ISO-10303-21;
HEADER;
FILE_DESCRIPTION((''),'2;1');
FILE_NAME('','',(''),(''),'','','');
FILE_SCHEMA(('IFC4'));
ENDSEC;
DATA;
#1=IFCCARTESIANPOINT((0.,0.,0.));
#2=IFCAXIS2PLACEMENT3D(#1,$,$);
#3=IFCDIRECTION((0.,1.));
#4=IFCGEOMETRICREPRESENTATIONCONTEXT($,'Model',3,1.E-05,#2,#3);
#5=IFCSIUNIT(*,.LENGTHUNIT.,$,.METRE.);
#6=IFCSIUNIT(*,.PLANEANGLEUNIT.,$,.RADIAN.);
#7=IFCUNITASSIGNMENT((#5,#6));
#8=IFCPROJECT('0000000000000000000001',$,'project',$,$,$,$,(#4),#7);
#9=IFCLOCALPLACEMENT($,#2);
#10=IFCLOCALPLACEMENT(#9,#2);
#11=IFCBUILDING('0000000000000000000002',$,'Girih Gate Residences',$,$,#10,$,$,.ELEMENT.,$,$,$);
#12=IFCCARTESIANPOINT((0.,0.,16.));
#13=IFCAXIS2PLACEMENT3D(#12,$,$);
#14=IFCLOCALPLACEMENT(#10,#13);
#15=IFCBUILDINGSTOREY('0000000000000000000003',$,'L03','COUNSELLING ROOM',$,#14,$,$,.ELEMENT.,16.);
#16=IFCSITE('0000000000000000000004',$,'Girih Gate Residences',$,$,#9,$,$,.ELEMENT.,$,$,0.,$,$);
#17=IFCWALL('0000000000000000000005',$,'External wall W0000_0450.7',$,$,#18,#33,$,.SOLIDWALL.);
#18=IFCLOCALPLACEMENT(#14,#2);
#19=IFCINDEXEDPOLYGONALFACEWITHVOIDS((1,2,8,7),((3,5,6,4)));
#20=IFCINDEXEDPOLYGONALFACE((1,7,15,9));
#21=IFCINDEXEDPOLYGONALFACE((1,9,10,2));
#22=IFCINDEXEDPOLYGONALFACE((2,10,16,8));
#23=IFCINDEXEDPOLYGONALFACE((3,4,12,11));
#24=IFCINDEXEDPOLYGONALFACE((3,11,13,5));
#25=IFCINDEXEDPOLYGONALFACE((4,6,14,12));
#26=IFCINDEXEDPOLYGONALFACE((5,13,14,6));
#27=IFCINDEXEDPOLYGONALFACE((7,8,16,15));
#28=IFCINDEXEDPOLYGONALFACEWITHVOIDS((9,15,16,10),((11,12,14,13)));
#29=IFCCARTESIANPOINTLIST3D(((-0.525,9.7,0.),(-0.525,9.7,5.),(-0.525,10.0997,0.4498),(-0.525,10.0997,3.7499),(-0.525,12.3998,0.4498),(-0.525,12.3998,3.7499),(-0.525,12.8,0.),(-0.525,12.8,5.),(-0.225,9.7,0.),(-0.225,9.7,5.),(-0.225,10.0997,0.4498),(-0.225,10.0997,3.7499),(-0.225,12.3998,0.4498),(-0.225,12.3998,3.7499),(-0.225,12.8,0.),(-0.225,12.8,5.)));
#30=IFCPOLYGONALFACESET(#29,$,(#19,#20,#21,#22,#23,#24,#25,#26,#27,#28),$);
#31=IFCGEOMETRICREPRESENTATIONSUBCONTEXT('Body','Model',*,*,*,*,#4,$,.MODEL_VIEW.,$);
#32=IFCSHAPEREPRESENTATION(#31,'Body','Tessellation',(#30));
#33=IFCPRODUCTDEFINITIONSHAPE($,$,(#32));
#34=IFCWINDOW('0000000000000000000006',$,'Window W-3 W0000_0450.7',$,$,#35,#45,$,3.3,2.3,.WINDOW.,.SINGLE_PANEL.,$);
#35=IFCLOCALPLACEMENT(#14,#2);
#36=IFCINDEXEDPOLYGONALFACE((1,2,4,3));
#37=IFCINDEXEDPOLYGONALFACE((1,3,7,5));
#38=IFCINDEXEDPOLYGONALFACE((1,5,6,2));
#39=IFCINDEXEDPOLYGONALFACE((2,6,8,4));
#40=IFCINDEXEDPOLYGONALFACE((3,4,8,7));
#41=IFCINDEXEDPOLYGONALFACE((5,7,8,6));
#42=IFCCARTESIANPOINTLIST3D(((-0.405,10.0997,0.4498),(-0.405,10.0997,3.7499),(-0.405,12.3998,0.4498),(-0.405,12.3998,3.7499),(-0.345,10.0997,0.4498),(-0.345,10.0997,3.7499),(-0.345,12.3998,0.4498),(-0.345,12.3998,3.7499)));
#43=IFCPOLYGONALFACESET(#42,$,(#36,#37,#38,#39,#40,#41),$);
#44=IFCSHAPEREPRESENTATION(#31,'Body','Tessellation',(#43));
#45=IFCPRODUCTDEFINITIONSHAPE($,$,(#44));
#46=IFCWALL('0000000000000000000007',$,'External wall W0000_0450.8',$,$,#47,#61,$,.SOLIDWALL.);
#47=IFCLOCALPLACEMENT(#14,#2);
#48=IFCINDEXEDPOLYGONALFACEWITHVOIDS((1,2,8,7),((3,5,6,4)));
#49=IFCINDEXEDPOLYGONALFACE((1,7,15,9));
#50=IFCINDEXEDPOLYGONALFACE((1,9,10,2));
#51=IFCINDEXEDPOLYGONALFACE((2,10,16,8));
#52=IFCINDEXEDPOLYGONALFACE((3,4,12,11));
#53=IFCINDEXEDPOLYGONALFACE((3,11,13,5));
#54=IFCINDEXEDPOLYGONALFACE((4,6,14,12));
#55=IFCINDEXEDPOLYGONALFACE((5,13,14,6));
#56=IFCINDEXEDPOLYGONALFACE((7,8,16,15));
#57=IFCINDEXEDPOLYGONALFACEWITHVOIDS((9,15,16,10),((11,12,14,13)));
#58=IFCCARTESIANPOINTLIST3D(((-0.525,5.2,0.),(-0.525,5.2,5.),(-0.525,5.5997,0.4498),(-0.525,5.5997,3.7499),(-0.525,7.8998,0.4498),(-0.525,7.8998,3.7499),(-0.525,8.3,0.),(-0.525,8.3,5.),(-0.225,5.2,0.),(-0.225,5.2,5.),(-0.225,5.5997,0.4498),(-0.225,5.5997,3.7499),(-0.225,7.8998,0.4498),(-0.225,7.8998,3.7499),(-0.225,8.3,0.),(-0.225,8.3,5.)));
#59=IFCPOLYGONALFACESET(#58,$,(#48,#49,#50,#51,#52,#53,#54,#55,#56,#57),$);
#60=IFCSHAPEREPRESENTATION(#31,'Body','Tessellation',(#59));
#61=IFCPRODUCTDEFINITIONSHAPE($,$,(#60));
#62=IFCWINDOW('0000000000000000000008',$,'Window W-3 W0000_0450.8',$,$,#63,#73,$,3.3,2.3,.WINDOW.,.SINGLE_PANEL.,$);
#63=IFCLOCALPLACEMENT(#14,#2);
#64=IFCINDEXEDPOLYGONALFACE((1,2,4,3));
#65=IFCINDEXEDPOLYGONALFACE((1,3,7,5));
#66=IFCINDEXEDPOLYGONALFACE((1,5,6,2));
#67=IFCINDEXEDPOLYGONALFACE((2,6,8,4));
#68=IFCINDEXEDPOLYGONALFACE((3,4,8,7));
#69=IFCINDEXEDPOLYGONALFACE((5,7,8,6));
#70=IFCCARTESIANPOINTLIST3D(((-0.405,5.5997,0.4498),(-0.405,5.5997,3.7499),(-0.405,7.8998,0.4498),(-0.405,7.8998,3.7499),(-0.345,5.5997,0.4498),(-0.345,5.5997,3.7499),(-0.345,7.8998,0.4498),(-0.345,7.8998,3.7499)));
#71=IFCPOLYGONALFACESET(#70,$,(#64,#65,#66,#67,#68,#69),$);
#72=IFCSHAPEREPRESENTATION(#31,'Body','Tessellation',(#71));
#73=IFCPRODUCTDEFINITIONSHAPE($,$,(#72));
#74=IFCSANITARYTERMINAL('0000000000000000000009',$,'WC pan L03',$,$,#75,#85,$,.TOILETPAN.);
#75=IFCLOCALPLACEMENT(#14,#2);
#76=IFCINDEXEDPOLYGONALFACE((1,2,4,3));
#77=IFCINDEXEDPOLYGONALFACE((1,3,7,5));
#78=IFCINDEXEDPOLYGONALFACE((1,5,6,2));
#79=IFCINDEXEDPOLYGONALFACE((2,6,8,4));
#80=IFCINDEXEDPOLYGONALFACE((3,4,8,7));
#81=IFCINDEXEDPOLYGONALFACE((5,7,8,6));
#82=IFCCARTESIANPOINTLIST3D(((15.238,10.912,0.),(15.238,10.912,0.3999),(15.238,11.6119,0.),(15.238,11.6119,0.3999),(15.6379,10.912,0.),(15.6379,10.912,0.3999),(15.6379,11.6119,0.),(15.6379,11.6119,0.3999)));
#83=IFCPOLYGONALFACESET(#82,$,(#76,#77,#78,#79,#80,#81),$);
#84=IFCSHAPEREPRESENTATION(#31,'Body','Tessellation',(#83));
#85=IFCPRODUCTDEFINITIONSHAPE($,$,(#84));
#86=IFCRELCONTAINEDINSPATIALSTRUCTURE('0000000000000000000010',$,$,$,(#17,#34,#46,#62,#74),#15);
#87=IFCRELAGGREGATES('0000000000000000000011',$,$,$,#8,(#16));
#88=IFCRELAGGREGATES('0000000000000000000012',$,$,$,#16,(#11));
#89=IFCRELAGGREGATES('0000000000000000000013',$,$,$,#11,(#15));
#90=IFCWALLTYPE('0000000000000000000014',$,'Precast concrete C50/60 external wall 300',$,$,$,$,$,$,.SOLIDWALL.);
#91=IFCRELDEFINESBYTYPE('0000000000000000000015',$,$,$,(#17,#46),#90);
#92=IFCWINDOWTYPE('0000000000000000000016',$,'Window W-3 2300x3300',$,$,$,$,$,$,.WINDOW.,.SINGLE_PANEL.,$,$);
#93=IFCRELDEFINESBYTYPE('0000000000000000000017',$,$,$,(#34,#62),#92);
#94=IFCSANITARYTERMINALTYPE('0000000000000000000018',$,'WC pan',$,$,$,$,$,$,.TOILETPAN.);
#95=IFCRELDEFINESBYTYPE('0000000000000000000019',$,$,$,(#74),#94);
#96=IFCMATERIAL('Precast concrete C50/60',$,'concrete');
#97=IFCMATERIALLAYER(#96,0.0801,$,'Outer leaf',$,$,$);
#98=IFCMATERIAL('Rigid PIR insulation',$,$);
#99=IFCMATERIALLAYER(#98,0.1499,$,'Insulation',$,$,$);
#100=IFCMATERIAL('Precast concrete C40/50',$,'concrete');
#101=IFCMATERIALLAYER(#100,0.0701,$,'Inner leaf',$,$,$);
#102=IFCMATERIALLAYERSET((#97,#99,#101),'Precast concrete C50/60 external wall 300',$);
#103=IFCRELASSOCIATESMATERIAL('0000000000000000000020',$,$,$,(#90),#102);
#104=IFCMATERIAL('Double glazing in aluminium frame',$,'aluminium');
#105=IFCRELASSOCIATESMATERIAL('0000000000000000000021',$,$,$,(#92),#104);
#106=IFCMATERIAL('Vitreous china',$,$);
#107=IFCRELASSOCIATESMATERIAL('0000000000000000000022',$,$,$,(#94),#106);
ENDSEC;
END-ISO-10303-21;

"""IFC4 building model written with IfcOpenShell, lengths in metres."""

from ifc_helpers import new_model, si_unit, direction, frame, frame_2d, origin, origin_2d, place, context, subcontext, project, spatial, rectangle, extrude, material, layer, layer_set, type_object, element, fill, save


model = new_model("IFC4")

# Units and contexts
model_context = context("Model", 3, precision=1e-05, world=origin(), true_north=direction((0.0, 1.0)))
body_context = subcontext(model_context, "Body", "Model", "MODEL_VIEW")
ifc_project = project(units=[si_unit("LENGTHUNIT", "METRE"), si_unit("PLANEANGLEUNIT", "RADIAN")], contexts=[model_context])

# Site, building, storey
site_placement = place(None, origin())
site = spatial("IfcSite", under=ifc_project, at=site_placement, Name="Girih Gate Residences", CompositionType="ELEMENT", RefElevation=0.0)
building_placement = place(site_placement, origin())
building = spatial("IfcBuilding", under=site, at=building_placement, Name="Girih Gate Residences", CompositionType="ELEMENT")
storey_placement = place(building_placement, frame((0.0, 0.0, 16.0)))
storey = spatial("IfcBuildingStorey", under=building, at=storey_placement, Name="L03", Description="COUNSELLING ROOM", CompositionType="ELEMENT", Elevation=16.0)

# Walls, openings, windows
ifc_material_1 = material(Name="Precast concrete C50/60", Category="concrete")
ifc_layer_1 = layer(ifc_material_1, 0.0801, Name="Outer leaf")
ifc_material_2 = material(Name="Rigid PIR insulation")
ifc_layer_2 = layer(ifc_material_2, 0.1499, Name="Insulation")
ifc_material_3 = material(Name="Precast concrete C40/50", Category="concrete")
ifc_layer_3 = layer(ifc_material_3, 0.0701, Name="Inner leaf")
ifc_layer_set_1 = layer_set([ifc_layer_1, ifc_layer_2, ifc_layer_3], Name="Precast concrete C50/60 external wall 300")
wall_type_1 = type_object("IfcWallType", Name="Precast concrete C50/60 external wall 300", PredefinedType="SOLIDWALL", material=ifc_layer_set_1)
ifc_material_4 = material(Name="Double glazing in aluminium frame", Category="aluminium")
window_type = type_object("IfcWindowType", Name="Window W-3 2300x3300", PartitioningType="SINGLE_PANEL", PredefinedType="WINDOW", material=ifc_material_4)
wall_1_placement = place(storey_placement, frame((-0.375, 9.7, 0.0), z_axis=(0.0, 0.0, 1.0), x_axis=(0.0, 1.0, 0.0)))
wall_1 = element("IfcWall", 1, at=wall_1_placement, inside=storey, type_object=wall_type_1, Name="External wall W0000_0450.7", PredefinedType="SOLIDWALL", context=body_context, shape_type="SweptSolid", body=[
    extrude(rectangle(XDim=3.1001, YDim=0.3, at=frame_2d((1.55, 0.0))), origin(), (0.0, 0.0, 1.0), 5.0),
])
opening_1_placement = place(wall_1_placement, frame((0.3999, 0.0, 0.45)))
opening_1 = element("IfcOpeningElement", 2, at=opening_1_placement, cuts=wall_1, PredefinedType="OPENING", context=body_context, shape_type="SweptSolid", body=[
    extrude(rectangle(XDim=2.3, YDim=3.3, at=frame_2d((1.1499, 1.6499))), frame((0.0, 0.1599, 0.0), z_axis=(0.0, -1.0, 0.0), x_axis=(1.0, 0.0, 0.0)), (0.0, 0.0, 1.0), 0.3201),
])
window_1_placement = place(opening_1_placement, origin())
window_1 = element("IfcWindow", 3, at=window_1_placement, inside=storey, type_object=window_type, Name="Window W-3 W0000_0450.7", OverallHeight=3.3, OverallWidth=2.3, PartitioningType="SINGLE_PANEL", PredefinedType="WINDOW", context=body_context, shape_type="SweptSolid", body=[
    extrude(rectangle(XDim=2.3, YDim=3.3, at=frame_2d((1.1499, 1.6499))), frame((0.0, 0.03, 0.0), z_axis=(0.0, -1.0, 0.0), x_axis=(1.0, 0.0, 0.0)), (0.0, 0.0, 1.0), 0.0601),
])
fill(opening_1, window_1)
wall_2_placement = place(storey_placement, frame((-0.375, 5.2, 0.0), z_axis=(0.0, 0.0, 1.0), x_axis=(0.0, 1.0, 0.0)))
wall_2 = element("IfcWall", 4, at=wall_2_placement, inside=storey, type_object=wall_type_1, Name="External wall W0000_0450.8", PredefinedType="SOLIDWALL", context=body_context, shape_type="SweptSolid", body=[
    extrude(rectangle(XDim=3.1001, YDim=0.3, at=frame_2d((1.55, 0.0))), origin(), (0.0, 0.0, 1.0), 5.0),
])
opening_2_placement = place(wall_2_placement, frame((0.3999, 0.0, 0.45)))
opening_2 = element("IfcOpeningElement", 5, at=opening_2_placement, cuts=wall_2, PredefinedType="OPENING", context=body_context, shape_type="SweptSolid", body=[
    extrude(rectangle(XDim=2.3, YDim=3.3, at=frame_2d((1.1499, 1.6499))), frame((0.0, 0.1599, 0.0), z_axis=(0.0, -1.0, 0.0), x_axis=(1.0, 0.0, 0.0)), (0.0, 0.0, 1.0), 0.3201),
])
window_2_placement = place(opening_2_placement, origin())
window_2 = element("IfcWindow", 6, at=window_2_placement, inside=storey, type_object=window_type, Name="Window W-3 W0000_0450.8", OverallHeight=3.3, OverallWidth=2.3, PartitioningType="SINGLE_PANEL", PredefinedType="WINDOW", context=body_context, shape_type="SweptSolid", body=[
    extrude(rectangle(XDim=2.3, YDim=3.3, at=frame_2d((1.1499, 1.6499))), frame((0.0, 0.03, 0.0), z_axis=(0.0, -1.0, 0.0), x_axis=(1.0, 0.0, 0.0)), (0.0, 0.0, 1.0), 0.0601),
])
fill(opening_2, window_2)

# Sanitary terminal
ifc_material_5 = material(Name="Vitreous china")
sanitary_terminal_type = type_object("IfcSanitaryTerminalType", Name="WC pan", PredefinedType="TOILETPAN", material=ifc_material_5)
sanitary_terminal_placement = place(storey_placement, frame((15.438, 11.262, 0.0), z_axis=(0.0, 0.0, 1.0), x_axis=(1.0, 0.0, 0.0)))
element("IfcSanitaryTerminal", 7, at=sanitary_terminal_placement, inside=storey, type_object=sanitary_terminal_type, Name="WC pan L03", PredefinedType="TOILETPAN", context=body_context, shape_type="SweptSolid", body=[
    extrude(rectangle(XDim=0.3999, YDim=0.7, at=origin_2d()), origin(), (0.0, 0.0, 1.0), 0.3999),
])

save(model, "model.ifc")
